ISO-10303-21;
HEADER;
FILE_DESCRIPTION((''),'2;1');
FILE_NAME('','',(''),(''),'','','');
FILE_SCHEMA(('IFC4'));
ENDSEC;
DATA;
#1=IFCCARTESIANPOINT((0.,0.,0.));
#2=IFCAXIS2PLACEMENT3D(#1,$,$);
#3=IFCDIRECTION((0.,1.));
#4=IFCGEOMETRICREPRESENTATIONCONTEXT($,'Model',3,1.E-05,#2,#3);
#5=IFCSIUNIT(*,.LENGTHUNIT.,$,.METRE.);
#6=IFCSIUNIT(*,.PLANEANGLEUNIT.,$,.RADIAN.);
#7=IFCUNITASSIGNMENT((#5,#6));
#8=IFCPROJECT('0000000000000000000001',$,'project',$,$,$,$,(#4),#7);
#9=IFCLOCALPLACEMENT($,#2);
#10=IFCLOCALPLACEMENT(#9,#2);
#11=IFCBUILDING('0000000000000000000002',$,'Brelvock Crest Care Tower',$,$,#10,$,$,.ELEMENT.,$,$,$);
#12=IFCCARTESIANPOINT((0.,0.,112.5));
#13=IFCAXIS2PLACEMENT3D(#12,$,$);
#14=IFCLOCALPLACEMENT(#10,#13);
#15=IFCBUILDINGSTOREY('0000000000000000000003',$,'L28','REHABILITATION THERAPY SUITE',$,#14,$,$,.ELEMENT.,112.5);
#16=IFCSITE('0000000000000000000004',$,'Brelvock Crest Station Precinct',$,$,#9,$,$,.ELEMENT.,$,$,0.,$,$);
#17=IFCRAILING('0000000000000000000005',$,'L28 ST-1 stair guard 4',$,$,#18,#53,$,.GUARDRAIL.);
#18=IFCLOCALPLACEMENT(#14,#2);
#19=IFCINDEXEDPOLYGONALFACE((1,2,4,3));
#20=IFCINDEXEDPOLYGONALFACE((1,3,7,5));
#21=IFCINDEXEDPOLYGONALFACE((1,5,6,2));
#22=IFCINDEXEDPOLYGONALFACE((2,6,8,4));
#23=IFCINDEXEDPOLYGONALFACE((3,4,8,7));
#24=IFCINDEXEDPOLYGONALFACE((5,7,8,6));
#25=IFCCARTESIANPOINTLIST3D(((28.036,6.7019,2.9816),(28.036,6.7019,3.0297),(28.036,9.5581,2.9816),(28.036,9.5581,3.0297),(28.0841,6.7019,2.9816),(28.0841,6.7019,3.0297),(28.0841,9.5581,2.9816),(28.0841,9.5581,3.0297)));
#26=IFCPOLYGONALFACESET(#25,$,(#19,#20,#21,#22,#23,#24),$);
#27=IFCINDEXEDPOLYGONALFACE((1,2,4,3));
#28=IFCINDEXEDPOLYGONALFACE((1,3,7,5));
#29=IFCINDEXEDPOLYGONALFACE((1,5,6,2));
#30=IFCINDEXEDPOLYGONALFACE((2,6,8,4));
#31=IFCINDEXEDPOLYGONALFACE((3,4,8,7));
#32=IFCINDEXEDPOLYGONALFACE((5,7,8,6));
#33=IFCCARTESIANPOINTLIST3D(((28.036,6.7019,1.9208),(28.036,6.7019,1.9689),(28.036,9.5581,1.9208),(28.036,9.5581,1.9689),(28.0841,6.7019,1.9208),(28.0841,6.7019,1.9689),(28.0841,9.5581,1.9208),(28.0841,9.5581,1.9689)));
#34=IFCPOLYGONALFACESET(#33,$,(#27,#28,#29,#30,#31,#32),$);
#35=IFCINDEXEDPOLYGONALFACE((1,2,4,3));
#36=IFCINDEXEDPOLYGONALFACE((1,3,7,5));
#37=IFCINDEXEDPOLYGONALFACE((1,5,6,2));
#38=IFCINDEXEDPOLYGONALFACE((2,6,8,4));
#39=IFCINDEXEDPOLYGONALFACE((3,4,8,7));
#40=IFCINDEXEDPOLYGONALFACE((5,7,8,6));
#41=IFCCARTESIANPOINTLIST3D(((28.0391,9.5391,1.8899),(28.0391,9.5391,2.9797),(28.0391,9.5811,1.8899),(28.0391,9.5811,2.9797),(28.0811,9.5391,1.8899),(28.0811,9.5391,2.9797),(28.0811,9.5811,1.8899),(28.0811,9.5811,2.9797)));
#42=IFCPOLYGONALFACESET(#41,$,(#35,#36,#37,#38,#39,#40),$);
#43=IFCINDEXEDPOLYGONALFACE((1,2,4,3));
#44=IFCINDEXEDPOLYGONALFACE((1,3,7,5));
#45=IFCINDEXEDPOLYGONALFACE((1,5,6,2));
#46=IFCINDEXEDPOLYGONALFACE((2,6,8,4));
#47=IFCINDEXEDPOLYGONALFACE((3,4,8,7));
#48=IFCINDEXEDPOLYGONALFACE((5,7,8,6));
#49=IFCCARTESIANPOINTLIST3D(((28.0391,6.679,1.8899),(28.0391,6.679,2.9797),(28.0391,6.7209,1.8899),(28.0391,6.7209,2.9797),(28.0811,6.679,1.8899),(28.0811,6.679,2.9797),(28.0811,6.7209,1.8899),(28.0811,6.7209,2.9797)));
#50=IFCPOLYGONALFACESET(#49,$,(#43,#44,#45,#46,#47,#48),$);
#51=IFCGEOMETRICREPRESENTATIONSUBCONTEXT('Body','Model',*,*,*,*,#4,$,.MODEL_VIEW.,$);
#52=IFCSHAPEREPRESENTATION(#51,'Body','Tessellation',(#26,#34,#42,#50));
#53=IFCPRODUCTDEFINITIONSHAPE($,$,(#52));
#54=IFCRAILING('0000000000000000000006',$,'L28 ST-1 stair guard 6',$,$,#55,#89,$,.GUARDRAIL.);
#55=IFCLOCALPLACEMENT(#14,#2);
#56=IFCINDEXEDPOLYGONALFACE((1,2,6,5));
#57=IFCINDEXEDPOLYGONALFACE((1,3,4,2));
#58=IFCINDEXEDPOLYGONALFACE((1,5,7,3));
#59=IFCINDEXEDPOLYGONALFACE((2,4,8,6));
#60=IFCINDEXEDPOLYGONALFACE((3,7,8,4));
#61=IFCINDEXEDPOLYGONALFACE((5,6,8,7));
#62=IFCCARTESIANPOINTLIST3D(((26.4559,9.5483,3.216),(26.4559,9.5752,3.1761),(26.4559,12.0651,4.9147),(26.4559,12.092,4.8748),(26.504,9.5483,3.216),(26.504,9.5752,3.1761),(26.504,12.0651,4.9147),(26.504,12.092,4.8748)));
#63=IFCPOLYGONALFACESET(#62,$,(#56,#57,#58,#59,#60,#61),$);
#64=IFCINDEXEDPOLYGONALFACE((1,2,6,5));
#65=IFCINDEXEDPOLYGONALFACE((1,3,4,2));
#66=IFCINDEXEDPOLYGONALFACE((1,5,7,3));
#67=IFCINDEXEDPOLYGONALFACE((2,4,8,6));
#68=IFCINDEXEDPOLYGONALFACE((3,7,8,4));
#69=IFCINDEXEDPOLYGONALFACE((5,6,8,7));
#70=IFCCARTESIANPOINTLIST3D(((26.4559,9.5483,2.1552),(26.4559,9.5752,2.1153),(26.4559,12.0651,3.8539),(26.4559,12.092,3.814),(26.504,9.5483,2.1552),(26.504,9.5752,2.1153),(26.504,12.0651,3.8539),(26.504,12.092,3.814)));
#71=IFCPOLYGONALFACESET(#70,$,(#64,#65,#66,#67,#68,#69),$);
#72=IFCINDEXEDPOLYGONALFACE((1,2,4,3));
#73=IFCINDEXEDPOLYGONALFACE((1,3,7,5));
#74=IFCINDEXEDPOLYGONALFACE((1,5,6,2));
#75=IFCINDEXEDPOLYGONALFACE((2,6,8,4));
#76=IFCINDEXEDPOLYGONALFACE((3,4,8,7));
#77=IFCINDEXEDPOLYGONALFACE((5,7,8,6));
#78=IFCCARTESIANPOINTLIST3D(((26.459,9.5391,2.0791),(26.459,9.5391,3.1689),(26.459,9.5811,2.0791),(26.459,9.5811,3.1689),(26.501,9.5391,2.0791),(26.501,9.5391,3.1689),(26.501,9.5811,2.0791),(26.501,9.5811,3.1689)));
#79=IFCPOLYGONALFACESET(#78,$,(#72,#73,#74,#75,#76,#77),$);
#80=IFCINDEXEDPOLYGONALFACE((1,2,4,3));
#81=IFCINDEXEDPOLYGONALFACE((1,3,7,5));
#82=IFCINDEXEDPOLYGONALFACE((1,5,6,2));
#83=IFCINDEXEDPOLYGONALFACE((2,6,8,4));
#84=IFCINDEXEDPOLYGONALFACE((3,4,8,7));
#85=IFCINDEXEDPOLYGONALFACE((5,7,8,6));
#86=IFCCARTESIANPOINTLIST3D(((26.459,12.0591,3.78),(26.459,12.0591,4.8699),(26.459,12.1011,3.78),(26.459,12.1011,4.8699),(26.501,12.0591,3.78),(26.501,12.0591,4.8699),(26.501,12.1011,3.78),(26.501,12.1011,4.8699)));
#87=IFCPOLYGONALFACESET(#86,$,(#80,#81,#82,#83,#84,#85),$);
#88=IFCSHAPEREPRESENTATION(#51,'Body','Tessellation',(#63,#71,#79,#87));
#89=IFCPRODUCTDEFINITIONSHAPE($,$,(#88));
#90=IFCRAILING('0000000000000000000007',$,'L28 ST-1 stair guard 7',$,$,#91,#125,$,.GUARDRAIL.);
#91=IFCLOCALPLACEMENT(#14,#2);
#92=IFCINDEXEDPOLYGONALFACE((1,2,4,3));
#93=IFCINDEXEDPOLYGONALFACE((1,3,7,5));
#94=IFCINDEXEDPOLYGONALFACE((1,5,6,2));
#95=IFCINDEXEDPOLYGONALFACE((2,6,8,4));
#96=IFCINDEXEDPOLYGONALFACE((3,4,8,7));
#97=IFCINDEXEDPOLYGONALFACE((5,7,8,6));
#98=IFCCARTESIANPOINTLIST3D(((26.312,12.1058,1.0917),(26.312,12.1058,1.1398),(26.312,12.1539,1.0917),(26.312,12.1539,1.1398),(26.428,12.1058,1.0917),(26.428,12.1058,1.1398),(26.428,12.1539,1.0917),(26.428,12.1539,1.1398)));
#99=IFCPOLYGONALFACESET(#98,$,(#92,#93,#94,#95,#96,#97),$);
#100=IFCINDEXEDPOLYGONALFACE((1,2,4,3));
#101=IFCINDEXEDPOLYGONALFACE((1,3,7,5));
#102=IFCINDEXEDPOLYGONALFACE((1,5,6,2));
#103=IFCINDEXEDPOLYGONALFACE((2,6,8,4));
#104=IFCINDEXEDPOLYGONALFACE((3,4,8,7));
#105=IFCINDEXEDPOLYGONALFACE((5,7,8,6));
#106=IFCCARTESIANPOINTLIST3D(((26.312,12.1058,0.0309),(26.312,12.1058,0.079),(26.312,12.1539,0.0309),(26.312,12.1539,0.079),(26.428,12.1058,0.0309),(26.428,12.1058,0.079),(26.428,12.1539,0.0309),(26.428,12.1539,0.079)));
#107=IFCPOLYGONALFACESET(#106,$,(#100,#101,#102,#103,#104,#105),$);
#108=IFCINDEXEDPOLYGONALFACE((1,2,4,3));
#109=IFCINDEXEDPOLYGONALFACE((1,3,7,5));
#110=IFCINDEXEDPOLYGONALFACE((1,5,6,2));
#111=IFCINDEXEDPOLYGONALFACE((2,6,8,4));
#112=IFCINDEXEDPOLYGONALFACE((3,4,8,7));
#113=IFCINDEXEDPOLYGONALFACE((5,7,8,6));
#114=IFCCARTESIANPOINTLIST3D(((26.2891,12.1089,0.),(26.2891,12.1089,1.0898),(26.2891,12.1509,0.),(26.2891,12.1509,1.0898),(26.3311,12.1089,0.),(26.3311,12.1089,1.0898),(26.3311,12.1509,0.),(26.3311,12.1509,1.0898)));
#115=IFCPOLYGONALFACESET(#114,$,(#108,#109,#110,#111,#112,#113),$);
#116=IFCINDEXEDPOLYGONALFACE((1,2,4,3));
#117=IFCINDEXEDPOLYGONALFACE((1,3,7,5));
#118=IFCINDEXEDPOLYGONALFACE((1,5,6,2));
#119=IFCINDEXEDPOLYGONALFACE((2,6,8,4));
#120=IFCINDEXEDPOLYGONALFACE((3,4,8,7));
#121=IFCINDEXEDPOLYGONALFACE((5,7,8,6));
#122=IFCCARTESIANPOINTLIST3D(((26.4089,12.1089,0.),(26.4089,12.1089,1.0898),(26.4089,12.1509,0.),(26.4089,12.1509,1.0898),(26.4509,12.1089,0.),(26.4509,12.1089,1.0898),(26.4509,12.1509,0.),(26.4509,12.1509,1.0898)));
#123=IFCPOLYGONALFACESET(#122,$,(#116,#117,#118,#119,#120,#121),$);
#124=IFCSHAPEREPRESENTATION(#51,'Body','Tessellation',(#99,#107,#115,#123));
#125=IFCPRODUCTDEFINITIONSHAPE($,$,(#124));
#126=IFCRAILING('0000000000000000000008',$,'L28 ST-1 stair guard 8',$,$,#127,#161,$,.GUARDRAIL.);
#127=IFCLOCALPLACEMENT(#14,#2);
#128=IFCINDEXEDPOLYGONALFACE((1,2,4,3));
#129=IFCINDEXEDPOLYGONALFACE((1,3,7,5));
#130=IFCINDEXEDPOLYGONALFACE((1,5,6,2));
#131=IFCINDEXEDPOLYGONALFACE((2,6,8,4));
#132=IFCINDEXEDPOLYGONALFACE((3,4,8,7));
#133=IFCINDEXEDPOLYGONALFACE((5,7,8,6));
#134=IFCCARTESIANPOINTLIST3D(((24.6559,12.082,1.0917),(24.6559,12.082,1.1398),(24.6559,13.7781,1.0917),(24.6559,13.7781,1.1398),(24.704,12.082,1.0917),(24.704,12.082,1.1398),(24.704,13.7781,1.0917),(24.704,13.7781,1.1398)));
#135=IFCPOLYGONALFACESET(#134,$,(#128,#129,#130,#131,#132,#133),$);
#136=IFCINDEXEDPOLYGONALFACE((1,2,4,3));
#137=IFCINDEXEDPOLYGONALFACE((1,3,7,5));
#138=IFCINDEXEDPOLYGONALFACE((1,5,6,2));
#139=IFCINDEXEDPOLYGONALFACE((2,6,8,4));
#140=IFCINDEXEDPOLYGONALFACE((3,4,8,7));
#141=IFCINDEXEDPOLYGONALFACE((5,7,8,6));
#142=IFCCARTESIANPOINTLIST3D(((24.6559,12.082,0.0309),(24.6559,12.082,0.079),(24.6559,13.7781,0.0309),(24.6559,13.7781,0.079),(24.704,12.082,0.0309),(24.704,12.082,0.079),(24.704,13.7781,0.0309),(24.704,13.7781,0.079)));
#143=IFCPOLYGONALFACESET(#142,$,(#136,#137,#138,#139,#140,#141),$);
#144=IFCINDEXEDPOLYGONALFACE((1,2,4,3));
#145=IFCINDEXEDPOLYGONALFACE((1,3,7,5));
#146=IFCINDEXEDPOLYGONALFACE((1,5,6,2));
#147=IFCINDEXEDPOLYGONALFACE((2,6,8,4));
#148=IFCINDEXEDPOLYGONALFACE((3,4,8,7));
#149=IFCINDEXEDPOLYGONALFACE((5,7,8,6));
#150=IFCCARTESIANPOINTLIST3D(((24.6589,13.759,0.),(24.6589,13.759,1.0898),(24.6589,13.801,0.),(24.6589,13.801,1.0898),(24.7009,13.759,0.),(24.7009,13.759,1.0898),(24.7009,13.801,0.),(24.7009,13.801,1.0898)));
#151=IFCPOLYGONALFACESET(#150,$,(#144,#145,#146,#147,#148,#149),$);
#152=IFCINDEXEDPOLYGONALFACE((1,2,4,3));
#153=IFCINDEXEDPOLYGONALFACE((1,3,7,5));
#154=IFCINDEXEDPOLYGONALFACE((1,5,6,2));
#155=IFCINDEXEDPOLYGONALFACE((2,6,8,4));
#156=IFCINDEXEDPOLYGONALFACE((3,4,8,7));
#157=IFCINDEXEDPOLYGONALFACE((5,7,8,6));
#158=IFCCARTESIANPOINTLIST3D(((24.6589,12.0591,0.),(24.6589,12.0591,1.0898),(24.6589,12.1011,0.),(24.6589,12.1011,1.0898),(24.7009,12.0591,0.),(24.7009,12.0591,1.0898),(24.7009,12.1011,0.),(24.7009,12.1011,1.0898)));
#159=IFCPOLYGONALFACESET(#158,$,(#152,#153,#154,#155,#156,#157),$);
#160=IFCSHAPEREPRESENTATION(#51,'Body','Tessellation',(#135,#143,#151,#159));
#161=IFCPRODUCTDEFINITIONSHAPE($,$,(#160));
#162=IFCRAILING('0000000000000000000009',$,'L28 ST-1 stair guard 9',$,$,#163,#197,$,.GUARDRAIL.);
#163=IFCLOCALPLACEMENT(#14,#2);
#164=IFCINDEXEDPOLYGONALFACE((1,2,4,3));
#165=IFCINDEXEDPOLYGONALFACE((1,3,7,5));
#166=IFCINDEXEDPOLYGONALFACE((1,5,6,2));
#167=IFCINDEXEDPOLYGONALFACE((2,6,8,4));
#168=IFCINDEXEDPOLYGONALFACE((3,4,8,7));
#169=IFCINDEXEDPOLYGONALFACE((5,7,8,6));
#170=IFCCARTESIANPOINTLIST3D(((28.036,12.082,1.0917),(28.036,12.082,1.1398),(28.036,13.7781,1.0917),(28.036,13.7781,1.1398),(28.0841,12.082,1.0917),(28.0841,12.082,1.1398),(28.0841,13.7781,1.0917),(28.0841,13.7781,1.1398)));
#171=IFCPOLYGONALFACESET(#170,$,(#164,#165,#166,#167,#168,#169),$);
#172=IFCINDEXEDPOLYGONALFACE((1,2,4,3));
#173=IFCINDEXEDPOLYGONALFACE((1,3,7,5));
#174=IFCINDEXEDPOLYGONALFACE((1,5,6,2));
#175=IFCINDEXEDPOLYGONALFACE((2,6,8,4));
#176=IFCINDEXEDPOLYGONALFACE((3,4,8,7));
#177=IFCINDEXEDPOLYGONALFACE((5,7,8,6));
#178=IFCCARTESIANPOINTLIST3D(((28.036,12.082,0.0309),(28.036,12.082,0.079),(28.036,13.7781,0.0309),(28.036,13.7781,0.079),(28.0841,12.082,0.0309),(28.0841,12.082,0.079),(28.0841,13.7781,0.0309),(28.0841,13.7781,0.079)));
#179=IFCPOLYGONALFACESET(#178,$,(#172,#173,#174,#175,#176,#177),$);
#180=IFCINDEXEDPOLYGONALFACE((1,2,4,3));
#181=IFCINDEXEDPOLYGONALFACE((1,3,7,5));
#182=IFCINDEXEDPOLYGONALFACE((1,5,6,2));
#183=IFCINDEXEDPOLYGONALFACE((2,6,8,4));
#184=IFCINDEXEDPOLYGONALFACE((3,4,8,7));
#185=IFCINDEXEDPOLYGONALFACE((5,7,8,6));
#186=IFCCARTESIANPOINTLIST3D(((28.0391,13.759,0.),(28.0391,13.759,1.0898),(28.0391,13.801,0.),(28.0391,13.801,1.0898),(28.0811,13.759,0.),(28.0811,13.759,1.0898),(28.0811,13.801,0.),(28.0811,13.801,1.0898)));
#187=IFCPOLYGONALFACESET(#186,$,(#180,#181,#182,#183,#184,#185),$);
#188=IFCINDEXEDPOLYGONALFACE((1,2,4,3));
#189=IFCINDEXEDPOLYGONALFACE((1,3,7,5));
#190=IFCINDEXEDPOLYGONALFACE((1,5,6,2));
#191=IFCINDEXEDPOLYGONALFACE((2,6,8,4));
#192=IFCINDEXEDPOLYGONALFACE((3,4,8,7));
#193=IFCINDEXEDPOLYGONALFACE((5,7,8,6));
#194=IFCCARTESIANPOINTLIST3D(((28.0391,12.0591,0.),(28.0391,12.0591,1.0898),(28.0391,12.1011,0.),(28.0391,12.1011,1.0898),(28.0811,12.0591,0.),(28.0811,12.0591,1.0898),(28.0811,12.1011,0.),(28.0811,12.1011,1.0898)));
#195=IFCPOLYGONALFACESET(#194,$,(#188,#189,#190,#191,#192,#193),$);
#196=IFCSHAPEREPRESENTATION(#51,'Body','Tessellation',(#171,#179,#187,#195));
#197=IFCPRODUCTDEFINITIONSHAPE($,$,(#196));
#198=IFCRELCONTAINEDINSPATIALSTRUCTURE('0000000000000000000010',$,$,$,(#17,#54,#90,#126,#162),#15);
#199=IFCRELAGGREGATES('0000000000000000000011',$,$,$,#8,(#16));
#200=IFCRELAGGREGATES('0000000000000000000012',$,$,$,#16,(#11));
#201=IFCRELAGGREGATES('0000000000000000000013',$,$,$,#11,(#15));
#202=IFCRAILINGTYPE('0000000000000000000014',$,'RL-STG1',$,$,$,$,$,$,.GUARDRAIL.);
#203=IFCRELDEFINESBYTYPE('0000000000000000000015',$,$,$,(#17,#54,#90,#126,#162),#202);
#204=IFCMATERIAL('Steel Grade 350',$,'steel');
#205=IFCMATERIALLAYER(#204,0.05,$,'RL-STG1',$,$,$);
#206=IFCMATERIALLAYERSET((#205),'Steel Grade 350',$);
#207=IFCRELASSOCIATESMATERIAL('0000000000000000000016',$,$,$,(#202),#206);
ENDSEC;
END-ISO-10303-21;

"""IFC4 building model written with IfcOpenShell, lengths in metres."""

from ifc_helpers import new_model, si_unit, direction, frame, origin, origin_2d, place, context, subcontext, project, spatial, rectangle, extrude, material, layer, layer_set, type_object, element, save


model = new_model("IFC4")

# Units and contexts
model_context = context("Model", 3, precision=1e-05, world=origin(), true_north=direction((0.0, 1.0)))
body_context = subcontext(model_context, "Body", "Model", "MODEL_VIEW")
ifc_project = project(units=[si_unit("LENGTHUNIT", "METRE"), si_unit("PLANEANGLEUNIT", "RADIAN")], contexts=[model_context])

# Site, building, storey
site_placement = place(None, origin())
site = spatial("IfcSite", under=ifc_project, at=site_placement, Name="Brelvock Crest Station Precinct", CompositionType="ELEMENT", RefElevation=0.0)
building_placement = place(site_placement, origin())
building = spatial("IfcBuilding", under=site, at=building_placement, Name="Brelvock Crest Care Tower", CompositionType="ELEMENT")
storey_placement = place(building_placement, frame((0.0, 0.0, 112.5)))
storey = spatial("IfcBuildingStorey", under=building, at=storey_placement, Name="L28", Description="REHABILITATION THERAPY SUITE", CompositionType="ELEMENT", Elevation=112.5)

# Shared definitions
ifc_material_1 = material(Name="Steel Grade 350", Category="steel")

# Railings
ifc_layer_1 = layer(ifc_material_1, 0.05, Name="RL-STG1")
ifc_layer_set_1 = layer_set([ifc_layer_1], Name="Steel Grade 350")
railing_type_1 = type_object("IfcRailingType", Name="RL-STG1", PredefinedType="GUARDRAIL", material=ifc_layer_set_1)
for number, where, name in (
    (1, (28.0601, 9.5601, 1.8899), "L28 ST-1 stair guard 4"),
):
    element("IfcRailing", number, at=place(storey_placement, frame(where)), inside=storey, type_object=railing_type_1, Name=name, PredefinedType="GUARDRAIL", context=body_context, shape_type="SweptSolid", body=[
        extrude(rectangle(XDim=0.0481, YDim=0.0481, at=origin_2d()), frame((0.0, -0.002, 1.1157), z_axis=(0.0, -1.0, 0.0), x_axis=(1.0, 0.0, 0.0)), (0.0, 0.0, 1.0), 2.8562),
        extrude(rectangle(XDim=0.0481, YDim=0.0481, at=origin_2d()), frame((0.0, -0.002, 0.0549), z_axis=(0.0, -1.0, 0.0), x_axis=(1.0, 0.0, 0.0)), (0.0, 0.0, 1.0), 2.8562),
        extrude(rectangle(XDim=0.042, YDim=0.042, at=origin_2d()), origin(), (0.0, 0.0, 1.0), 1.0898),
        extrude(rectangle(XDim=0.042, YDim=0.042, at=origin_2d()), frame((0.0, -2.8601, 0.0)), (0.0, 0.0, 1.0), 1.0898),
    ])
railing_1_placement = place(storey_placement, frame((26.48, 9.5601, 2.0791)))
element("IfcRailing", 2, at=railing_1_placement, inside=storey, type_object=railing_type_1, Name="L28 ST-1 stair guard 6", PredefinedType="GUARDRAIL", context=body_context, shape_type="SweptSolid", body=[
    extrude(rectangle(XDim=0.0481, YDim=0.0481, at=origin_2d()), frame((0.0, 0.0017, 1.1169), z_axis=(0.0, 0.828862, 0.559454), x_axis=(-1.0, 0.0, 0.0)), (0.0, 0.0, 1.0), 3.0364),
    extrude(rectangle(XDim=0.0481, YDim=0.0481, at=origin_2d()), frame((0.0, 0.0017, 0.0562), z_axis=(0.0, 0.828862, 0.559454), x_axis=(-1.0, 0.0, 0.0)), (0.0, 0.0, 1.0), 3.0364),
    extrude(rectangle(XDim=0.042, YDim=0.042, at=origin_2d()), origin(), (0.0, 0.0, 1.0), 1.0898),
    extrude(rectangle(XDim=0.042, YDim=0.042, at=origin_2d()), frame((0.0, 2.52, 1.7009)), (0.0, 0.0, 1.0), 1.0898),
])
railing_2_placement = place(storey_placement, frame((26.3101, 12.1299, 0.0)))
element("IfcRailing", 3, at=railing_2_placement, inside=storey, type_object=railing_type_1, Name="L28 ST-1 stair guard 7", PredefinedType="GUARDRAIL", context=body_context, shape_type="SweptSolid", body=[
    extrude(rectangle(XDim=0.0481, YDim=0.0481, at=origin_2d()), frame((0.002, 0.0, 1.1157), z_axis=(1.0, 0.0, 0.0), x_axis=(0.0, 1.0, 0.0)), (0.0, 0.0, 1.0), 0.116),
    extrude(rectangle(XDim=0.0481, YDim=0.0481, at=origin_2d()), frame((0.002, 0.0, 0.0549), z_axis=(1.0, 0.0, 0.0), x_axis=(0.0, 1.0, 0.0)), (0.0, 0.0, 1.0), 0.116),
    extrude(rectangle(XDim=0.042, YDim=0.042, at=origin_2d()), origin(), (0.0, 0.0, 1.0), 1.0898),
    extrude(rectangle(XDim=0.042, YDim=0.042, at=origin_2d()), frame((0.1199, 0.0, 0.0)), (0.0, 0.0, 1.0), 1.0898),
])
for number, where, name in (
    (4, (24.6799, 13.78, 0.0), "L28 ST-1 stair guard 8"),
    (5, (28.0601, 13.78, 0.0), "L28 ST-1 stair guard 9"),
):
    element("IfcRailing", number, at=place(storey_placement, frame(where)), inside=storey, type_object=railing_type_1, Name=name, PredefinedType="GUARDRAIL", context=body_context, shape_type="SweptSolid", body=[
        extrude(rectangle(XDim=0.0481, YDim=0.0481, at=origin_2d()), frame((0.0, -0.002, 1.1157), z_axis=(0.0, -1.0, 0.0), x_axis=(1.0, 0.0, 0.0)), (0.0, 0.0, 1.0), 1.696),
        extrude(rectangle(XDim=0.0481, YDim=0.0481, at=origin_2d()), frame((0.0, -0.002, 0.0549), z_axis=(0.0, -1.0, 0.0), x_axis=(1.0, 0.0, 0.0)), (0.0, 0.0, 1.0), 1.696),
        extrude(rectangle(XDim=0.042, YDim=0.042, at=origin_2d()), origin(), (0.0, 0.0, 1.0), 1.0898),
        extrude(rectangle(XDim=0.042, YDim=0.042, at=origin_2d()), frame((0.0, -1.7, 0.0)), (0.0, 0.0, 1.0), 1.0898),
    ])

save(model, "model.ifc")
